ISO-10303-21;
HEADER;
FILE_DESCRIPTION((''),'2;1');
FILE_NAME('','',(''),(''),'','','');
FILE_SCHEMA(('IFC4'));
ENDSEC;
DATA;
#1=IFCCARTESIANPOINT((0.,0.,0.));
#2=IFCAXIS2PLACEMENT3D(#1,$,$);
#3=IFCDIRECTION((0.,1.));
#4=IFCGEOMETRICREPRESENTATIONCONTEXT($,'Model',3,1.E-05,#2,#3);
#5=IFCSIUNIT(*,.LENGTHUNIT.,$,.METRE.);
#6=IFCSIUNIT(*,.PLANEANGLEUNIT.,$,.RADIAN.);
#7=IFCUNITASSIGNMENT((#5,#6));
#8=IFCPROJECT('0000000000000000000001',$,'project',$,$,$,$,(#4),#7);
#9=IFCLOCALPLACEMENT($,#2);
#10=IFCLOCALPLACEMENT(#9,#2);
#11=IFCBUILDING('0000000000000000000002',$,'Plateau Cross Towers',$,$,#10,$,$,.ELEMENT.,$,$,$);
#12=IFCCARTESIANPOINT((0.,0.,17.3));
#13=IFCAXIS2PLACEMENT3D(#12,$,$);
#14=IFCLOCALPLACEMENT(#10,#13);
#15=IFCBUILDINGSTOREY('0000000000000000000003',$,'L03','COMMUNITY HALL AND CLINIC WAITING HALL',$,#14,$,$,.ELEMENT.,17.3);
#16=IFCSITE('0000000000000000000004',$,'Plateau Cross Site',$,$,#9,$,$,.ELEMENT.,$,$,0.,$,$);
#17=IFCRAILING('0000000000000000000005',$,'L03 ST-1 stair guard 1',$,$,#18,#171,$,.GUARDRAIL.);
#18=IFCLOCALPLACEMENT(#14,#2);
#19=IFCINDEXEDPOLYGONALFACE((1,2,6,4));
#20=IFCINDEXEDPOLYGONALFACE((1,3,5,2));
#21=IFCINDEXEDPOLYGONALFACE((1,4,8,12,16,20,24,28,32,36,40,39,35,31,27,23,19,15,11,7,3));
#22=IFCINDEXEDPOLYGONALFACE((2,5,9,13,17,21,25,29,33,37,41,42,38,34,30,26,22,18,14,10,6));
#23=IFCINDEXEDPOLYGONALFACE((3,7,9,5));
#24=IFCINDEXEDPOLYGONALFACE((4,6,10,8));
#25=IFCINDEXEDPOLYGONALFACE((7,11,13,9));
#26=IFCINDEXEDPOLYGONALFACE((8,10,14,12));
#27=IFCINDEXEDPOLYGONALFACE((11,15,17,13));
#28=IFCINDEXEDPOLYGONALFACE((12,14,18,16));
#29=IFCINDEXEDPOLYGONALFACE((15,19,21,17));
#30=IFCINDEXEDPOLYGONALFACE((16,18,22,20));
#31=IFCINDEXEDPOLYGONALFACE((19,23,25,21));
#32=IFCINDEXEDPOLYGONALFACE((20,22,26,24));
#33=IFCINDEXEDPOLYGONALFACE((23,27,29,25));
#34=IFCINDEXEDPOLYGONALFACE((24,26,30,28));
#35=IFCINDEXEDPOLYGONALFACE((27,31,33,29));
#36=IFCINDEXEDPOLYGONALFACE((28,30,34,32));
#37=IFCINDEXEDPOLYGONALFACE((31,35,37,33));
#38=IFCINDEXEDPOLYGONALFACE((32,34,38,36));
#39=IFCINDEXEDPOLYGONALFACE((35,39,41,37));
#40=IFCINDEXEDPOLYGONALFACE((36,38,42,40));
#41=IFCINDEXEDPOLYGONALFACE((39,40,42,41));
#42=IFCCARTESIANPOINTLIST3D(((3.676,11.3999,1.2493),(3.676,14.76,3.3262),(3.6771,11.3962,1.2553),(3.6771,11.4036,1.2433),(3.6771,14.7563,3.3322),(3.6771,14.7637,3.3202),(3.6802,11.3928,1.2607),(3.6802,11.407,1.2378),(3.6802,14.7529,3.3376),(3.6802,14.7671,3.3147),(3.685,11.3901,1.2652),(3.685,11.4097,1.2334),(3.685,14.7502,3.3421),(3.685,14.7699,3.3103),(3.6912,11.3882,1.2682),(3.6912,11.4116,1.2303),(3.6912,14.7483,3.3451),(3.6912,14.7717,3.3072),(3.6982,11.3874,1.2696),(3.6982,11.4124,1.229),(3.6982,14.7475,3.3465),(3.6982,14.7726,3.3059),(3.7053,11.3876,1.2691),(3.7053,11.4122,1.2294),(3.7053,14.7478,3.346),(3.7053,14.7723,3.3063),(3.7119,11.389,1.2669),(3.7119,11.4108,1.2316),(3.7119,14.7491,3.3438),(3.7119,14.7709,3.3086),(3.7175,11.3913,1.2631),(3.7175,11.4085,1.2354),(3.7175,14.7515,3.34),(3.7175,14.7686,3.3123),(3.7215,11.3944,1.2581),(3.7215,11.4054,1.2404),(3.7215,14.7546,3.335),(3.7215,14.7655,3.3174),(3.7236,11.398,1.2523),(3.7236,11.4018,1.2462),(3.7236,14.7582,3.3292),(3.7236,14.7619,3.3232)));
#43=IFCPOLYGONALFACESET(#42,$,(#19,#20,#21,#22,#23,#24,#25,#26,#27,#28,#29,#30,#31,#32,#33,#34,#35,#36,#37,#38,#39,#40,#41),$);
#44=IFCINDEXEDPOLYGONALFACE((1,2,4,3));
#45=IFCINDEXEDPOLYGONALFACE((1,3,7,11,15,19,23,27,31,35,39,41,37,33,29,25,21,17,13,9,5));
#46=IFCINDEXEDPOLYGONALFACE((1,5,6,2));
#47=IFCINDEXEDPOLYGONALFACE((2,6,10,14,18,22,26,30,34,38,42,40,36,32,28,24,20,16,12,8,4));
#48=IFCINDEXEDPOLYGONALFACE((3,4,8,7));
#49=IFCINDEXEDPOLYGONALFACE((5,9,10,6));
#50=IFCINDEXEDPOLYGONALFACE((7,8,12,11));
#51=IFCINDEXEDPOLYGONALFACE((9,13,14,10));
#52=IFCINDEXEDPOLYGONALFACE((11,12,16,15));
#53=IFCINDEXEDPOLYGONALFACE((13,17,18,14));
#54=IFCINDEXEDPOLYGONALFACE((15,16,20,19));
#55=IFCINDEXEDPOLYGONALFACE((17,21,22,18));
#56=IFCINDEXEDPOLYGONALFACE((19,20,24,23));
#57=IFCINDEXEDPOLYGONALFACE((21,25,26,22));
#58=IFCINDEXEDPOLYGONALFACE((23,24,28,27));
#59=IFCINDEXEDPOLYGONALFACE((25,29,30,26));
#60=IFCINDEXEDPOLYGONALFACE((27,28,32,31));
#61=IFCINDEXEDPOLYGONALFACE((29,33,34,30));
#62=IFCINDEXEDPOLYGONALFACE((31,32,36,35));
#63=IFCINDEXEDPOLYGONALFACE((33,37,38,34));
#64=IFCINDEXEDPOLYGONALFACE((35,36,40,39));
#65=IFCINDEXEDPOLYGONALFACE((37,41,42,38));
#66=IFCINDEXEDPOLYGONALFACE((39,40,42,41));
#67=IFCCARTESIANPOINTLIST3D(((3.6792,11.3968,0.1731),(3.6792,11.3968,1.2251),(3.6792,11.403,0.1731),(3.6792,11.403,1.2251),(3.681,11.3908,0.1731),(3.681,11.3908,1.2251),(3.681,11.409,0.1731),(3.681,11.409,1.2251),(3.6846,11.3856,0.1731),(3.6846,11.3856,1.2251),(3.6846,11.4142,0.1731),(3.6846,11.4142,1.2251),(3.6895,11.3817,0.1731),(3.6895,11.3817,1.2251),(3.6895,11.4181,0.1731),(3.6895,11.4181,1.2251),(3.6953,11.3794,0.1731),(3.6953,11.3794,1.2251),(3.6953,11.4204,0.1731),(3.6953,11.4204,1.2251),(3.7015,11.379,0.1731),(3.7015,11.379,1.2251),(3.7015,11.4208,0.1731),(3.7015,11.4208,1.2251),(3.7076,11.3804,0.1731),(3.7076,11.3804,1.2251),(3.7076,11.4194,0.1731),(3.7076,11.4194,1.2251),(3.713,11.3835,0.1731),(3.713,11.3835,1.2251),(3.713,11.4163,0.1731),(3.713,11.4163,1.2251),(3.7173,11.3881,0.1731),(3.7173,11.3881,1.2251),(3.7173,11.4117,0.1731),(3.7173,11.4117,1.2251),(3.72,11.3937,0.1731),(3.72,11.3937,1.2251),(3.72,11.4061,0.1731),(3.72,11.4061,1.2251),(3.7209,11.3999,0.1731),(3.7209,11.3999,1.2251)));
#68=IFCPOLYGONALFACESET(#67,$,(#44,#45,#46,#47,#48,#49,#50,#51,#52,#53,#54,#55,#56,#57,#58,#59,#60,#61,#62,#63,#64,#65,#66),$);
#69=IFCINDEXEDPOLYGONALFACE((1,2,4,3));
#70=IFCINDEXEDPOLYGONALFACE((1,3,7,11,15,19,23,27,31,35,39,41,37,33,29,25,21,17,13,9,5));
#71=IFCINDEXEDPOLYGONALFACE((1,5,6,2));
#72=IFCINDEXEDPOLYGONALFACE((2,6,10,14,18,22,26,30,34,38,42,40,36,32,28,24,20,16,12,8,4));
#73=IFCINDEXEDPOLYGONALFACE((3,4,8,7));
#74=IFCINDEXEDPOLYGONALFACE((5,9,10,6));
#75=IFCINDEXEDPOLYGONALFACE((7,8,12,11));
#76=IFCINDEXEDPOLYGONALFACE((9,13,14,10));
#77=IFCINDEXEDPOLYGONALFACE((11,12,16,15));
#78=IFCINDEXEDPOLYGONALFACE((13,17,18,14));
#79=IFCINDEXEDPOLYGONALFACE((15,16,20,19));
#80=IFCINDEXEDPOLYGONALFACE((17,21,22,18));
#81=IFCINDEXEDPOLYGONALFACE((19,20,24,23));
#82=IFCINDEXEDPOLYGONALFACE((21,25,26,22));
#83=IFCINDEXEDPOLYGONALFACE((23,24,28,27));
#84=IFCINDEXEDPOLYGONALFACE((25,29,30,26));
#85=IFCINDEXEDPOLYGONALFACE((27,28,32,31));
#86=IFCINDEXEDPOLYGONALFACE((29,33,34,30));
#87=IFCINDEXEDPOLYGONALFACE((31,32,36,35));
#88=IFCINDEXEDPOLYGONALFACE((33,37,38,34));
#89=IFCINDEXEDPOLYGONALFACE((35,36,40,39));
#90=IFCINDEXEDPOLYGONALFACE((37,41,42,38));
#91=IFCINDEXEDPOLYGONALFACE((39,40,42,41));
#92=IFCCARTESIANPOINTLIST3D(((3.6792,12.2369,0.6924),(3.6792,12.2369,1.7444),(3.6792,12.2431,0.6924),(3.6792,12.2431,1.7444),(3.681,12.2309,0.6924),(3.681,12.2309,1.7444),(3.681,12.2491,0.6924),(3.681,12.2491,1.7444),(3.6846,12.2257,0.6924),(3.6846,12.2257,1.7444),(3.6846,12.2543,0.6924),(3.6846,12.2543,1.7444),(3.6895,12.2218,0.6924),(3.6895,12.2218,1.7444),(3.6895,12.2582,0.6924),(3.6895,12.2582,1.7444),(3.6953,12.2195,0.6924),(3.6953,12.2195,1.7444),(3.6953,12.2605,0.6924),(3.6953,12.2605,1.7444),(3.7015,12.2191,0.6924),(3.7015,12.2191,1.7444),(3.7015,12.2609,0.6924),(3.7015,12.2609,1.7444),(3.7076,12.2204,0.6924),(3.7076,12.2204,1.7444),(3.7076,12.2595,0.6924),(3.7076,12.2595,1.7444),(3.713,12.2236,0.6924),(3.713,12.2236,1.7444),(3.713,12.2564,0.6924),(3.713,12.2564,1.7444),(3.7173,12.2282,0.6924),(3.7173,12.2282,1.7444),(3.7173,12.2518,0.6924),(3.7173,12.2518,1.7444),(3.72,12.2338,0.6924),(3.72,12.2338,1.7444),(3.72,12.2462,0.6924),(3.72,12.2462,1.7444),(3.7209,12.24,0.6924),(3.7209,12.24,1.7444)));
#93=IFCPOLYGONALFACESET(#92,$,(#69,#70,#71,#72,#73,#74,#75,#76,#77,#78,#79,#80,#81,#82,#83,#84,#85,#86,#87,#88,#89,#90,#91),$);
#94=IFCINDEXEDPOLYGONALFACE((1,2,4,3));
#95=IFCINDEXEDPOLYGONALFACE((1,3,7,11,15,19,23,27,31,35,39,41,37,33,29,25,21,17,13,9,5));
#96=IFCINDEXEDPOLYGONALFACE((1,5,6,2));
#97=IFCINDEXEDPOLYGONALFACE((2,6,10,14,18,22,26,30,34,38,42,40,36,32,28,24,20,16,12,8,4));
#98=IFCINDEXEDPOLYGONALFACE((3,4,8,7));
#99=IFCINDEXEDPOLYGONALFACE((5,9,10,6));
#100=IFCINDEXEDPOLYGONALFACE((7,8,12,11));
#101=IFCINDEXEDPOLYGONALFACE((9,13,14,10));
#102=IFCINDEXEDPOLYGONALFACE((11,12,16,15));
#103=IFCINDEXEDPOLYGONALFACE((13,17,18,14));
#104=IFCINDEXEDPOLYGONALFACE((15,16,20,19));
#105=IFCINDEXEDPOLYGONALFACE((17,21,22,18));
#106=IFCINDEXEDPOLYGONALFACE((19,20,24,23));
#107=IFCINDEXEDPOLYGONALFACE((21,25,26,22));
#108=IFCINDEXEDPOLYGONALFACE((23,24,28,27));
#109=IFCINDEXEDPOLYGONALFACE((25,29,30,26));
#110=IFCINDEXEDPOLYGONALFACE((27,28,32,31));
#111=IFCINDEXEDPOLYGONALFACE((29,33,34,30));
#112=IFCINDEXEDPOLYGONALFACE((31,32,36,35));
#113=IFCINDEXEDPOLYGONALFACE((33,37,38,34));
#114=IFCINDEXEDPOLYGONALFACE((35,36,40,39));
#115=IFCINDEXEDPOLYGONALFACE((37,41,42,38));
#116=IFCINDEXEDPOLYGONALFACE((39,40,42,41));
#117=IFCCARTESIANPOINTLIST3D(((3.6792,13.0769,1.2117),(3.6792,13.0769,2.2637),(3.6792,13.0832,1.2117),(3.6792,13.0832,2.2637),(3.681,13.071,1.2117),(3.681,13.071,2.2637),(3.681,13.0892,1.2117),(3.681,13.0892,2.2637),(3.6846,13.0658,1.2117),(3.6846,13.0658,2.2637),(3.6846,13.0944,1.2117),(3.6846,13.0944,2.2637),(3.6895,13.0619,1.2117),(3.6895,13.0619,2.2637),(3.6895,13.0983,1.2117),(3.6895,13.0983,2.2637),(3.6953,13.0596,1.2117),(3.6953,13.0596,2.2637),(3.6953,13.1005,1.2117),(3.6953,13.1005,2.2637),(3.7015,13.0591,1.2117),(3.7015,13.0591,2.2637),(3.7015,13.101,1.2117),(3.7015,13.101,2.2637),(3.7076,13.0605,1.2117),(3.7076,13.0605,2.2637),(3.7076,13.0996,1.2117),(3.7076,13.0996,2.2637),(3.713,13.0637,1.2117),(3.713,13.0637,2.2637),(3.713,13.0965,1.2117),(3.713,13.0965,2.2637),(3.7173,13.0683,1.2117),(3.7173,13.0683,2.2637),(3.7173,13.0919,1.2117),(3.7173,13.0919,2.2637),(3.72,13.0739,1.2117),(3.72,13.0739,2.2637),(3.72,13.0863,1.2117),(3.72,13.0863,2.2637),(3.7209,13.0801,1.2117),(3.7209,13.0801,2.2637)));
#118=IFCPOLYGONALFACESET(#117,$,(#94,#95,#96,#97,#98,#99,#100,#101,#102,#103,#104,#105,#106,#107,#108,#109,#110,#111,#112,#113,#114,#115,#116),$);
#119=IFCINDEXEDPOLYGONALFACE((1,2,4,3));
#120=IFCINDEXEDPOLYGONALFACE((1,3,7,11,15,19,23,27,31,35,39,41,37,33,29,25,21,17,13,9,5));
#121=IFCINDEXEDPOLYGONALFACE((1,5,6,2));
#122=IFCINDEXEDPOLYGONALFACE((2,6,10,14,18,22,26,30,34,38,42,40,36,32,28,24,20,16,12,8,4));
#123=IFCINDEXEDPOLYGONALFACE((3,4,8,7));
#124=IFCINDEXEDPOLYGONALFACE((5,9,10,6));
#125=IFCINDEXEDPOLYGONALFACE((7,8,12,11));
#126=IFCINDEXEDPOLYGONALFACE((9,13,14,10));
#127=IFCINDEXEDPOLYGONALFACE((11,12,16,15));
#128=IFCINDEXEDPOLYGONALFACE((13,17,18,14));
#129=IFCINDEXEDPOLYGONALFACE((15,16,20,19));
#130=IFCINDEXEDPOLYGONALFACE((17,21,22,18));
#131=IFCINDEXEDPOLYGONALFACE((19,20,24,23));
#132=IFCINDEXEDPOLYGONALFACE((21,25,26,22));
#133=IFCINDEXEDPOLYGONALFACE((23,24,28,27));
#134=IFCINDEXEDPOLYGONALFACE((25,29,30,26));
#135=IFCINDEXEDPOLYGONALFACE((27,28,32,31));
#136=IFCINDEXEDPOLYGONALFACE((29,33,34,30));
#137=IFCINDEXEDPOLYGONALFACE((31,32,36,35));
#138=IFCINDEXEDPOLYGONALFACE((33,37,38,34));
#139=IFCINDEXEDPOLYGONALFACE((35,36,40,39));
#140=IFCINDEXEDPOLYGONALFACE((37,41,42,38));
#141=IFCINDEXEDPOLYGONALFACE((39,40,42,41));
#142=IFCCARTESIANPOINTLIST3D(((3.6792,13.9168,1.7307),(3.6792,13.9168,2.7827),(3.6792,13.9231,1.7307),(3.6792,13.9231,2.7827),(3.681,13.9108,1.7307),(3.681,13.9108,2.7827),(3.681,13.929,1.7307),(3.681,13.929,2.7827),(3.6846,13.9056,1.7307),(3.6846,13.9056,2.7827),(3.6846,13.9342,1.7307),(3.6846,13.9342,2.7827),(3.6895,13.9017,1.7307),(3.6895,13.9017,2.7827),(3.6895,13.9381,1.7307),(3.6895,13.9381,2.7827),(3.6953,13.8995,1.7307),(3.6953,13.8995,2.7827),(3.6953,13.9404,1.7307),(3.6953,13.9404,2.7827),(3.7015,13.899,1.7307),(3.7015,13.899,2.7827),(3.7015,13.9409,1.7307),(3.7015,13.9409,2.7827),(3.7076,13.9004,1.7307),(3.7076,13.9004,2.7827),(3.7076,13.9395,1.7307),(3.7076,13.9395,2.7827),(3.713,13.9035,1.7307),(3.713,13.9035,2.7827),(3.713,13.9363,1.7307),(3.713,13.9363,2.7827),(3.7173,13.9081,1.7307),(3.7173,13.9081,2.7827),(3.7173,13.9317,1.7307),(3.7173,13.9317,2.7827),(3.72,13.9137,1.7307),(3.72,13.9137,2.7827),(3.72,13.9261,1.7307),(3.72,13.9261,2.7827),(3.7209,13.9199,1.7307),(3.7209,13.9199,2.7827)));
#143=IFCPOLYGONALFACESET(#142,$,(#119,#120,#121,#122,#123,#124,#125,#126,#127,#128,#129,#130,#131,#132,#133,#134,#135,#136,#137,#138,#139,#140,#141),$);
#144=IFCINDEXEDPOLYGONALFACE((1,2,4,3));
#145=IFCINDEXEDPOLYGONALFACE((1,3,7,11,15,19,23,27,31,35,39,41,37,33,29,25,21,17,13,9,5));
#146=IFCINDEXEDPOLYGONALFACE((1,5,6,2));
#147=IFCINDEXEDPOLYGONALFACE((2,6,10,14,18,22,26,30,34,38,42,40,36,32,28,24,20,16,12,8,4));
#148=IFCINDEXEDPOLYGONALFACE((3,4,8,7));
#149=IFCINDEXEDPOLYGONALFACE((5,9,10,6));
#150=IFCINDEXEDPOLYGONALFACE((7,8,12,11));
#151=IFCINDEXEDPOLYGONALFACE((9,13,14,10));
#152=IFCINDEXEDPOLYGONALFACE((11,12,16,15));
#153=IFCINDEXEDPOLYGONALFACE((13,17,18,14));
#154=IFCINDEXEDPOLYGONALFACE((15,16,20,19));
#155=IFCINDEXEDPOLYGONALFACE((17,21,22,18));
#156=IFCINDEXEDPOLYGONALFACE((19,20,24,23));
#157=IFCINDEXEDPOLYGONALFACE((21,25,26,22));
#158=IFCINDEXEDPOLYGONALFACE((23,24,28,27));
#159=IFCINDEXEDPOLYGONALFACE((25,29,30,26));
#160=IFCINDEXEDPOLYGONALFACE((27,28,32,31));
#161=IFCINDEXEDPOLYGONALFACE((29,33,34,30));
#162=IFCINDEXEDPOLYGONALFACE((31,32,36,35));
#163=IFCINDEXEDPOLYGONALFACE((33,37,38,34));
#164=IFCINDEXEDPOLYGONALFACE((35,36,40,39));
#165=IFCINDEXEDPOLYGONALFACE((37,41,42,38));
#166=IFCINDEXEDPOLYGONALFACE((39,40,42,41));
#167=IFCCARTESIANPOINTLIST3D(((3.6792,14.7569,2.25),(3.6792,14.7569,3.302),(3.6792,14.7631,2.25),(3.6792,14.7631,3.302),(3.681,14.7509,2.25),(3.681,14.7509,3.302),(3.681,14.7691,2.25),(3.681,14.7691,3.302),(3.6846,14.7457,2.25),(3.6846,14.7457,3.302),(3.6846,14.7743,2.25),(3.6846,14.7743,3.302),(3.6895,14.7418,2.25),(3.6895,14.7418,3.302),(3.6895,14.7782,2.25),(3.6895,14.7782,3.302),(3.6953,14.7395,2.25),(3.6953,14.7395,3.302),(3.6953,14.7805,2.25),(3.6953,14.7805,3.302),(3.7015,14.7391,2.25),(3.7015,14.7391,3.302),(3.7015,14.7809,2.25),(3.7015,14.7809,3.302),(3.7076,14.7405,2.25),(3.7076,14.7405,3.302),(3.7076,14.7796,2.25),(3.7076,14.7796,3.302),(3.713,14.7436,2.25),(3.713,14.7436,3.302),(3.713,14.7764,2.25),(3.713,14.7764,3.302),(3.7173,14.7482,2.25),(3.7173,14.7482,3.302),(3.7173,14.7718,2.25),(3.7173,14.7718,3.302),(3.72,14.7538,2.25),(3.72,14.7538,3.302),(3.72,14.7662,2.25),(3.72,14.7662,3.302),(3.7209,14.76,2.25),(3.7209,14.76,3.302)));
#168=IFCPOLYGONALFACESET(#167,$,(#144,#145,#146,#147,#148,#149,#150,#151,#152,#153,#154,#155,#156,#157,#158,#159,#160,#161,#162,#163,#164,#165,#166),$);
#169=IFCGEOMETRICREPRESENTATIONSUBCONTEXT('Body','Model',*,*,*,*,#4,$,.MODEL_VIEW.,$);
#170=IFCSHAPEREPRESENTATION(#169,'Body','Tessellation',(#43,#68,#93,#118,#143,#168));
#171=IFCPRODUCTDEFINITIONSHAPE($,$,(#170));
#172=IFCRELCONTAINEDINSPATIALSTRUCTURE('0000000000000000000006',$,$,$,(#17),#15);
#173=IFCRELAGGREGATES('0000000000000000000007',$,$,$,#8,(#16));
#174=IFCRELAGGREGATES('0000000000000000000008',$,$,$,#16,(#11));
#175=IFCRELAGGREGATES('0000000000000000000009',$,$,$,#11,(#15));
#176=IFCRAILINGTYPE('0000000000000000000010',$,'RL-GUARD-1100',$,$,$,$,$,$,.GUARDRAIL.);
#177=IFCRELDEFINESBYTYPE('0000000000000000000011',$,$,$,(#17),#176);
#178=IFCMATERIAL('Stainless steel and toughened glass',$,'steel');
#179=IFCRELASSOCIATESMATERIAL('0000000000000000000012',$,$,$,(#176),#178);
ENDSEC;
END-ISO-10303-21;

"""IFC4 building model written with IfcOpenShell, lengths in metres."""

from ifc_helpers import new_model, si_unit, direction, frame, origin, origin_2d, place, context, subcontext, project, spatial, circle, extrude, material, type_object, element, save


model = new_model("IFC4")

# Units and contexts
model_context = context("Model", 3, precision=1e-05, world=origin(), true_north=direction((0.0, 1.0)))
body_context = subcontext(model_context, "Body", "Model", "MODEL_VIEW")
ifc_project = project(units=[si_unit("LENGTHUNIT", "METRE"), si_unit("PLANEANGLEUNIT", "RADIAN")], contexts=[model_context])

# Site, building, storey
site_placement = place(None, origin())
site = spatial("IfcSite", under=ifc_project, at=site_placement, Name="Plateau Cross Site", CompositionType="ELEMENT", RefElevation=0.0)
building_placement = place(site_placement, origin())
building = spatial("IfcBuilding", under=site, at=building_placement, Name="Plateau Cross Towers", CompositionType="ELEMENT")
storey_placement = place(building_placement, frame((0.0, 0.0, 17.3)))
storey = spatial("IfcBuildingStorey", under=building, at=storey_placement, Name="L03", Description="COMMUNITY HALL AND CLINIC WAITING HALL", CompositionType="ELEMENT", Elevation=17.3)

# Railing
ifc_material_1 = material(Name="Stainless steel and toughened glass", Category="steel")
railing_type_1 = type_object("IfcRailingType", Name="RL-GUARD-1100", PredefinedType="GUARDRAIL", material=ifc_material_1)
railing_1_placement = place(storey_placement, frame((3.7, 11.3999, 0.1731)))
element("IfcRailing", 1, at=railing_1_placement, inside=storey, type_object=railing_type_1, Name="L03 ST-1 stair guard 1", PredefinedType="GUARDRAIL", context=body_context, shape_type="SweptSolid", body=[
    extrude(circle(Radius=0.0239, at=origin_2d()), frame((0.0, 0.0, 1.0762), z_axis=(0.0, 0.850623, 0.525776), x_axis=(-1.0, 0.0, 0.0)), (0.0, 0.0, 1.0), 3.9502),
    extrude(circle(Radius=0.021, at=origin_2d()), origin(), (0.0, 0.0, 1.0), 1.052),
    extrude(circle(Radius=0.021, at=origin_2d()), frame((0.0, 0.8401, 0.5193)), (0.0, 0.0, 1.0), 1.052),
    extrude(circle(Radius=0.021, at=origin_2d()), frame((0.0, 1.6802, 1.0386)), (0.0, 0.0, 1.0), 1.052),
    extrude(circle(Radius=0.021, at=origin_2d()), frame((0.0, 2.52, 1.5576)), (0.0, 0.0, 1.0), 1.052),
    extrude(circle(Radius=0.021, at=origin_2d()), frame((0.0, 3.3601, 2.0769)), (0.0, 0.0, 1.0), 1.052),
])

save(model, "model.ifc")
